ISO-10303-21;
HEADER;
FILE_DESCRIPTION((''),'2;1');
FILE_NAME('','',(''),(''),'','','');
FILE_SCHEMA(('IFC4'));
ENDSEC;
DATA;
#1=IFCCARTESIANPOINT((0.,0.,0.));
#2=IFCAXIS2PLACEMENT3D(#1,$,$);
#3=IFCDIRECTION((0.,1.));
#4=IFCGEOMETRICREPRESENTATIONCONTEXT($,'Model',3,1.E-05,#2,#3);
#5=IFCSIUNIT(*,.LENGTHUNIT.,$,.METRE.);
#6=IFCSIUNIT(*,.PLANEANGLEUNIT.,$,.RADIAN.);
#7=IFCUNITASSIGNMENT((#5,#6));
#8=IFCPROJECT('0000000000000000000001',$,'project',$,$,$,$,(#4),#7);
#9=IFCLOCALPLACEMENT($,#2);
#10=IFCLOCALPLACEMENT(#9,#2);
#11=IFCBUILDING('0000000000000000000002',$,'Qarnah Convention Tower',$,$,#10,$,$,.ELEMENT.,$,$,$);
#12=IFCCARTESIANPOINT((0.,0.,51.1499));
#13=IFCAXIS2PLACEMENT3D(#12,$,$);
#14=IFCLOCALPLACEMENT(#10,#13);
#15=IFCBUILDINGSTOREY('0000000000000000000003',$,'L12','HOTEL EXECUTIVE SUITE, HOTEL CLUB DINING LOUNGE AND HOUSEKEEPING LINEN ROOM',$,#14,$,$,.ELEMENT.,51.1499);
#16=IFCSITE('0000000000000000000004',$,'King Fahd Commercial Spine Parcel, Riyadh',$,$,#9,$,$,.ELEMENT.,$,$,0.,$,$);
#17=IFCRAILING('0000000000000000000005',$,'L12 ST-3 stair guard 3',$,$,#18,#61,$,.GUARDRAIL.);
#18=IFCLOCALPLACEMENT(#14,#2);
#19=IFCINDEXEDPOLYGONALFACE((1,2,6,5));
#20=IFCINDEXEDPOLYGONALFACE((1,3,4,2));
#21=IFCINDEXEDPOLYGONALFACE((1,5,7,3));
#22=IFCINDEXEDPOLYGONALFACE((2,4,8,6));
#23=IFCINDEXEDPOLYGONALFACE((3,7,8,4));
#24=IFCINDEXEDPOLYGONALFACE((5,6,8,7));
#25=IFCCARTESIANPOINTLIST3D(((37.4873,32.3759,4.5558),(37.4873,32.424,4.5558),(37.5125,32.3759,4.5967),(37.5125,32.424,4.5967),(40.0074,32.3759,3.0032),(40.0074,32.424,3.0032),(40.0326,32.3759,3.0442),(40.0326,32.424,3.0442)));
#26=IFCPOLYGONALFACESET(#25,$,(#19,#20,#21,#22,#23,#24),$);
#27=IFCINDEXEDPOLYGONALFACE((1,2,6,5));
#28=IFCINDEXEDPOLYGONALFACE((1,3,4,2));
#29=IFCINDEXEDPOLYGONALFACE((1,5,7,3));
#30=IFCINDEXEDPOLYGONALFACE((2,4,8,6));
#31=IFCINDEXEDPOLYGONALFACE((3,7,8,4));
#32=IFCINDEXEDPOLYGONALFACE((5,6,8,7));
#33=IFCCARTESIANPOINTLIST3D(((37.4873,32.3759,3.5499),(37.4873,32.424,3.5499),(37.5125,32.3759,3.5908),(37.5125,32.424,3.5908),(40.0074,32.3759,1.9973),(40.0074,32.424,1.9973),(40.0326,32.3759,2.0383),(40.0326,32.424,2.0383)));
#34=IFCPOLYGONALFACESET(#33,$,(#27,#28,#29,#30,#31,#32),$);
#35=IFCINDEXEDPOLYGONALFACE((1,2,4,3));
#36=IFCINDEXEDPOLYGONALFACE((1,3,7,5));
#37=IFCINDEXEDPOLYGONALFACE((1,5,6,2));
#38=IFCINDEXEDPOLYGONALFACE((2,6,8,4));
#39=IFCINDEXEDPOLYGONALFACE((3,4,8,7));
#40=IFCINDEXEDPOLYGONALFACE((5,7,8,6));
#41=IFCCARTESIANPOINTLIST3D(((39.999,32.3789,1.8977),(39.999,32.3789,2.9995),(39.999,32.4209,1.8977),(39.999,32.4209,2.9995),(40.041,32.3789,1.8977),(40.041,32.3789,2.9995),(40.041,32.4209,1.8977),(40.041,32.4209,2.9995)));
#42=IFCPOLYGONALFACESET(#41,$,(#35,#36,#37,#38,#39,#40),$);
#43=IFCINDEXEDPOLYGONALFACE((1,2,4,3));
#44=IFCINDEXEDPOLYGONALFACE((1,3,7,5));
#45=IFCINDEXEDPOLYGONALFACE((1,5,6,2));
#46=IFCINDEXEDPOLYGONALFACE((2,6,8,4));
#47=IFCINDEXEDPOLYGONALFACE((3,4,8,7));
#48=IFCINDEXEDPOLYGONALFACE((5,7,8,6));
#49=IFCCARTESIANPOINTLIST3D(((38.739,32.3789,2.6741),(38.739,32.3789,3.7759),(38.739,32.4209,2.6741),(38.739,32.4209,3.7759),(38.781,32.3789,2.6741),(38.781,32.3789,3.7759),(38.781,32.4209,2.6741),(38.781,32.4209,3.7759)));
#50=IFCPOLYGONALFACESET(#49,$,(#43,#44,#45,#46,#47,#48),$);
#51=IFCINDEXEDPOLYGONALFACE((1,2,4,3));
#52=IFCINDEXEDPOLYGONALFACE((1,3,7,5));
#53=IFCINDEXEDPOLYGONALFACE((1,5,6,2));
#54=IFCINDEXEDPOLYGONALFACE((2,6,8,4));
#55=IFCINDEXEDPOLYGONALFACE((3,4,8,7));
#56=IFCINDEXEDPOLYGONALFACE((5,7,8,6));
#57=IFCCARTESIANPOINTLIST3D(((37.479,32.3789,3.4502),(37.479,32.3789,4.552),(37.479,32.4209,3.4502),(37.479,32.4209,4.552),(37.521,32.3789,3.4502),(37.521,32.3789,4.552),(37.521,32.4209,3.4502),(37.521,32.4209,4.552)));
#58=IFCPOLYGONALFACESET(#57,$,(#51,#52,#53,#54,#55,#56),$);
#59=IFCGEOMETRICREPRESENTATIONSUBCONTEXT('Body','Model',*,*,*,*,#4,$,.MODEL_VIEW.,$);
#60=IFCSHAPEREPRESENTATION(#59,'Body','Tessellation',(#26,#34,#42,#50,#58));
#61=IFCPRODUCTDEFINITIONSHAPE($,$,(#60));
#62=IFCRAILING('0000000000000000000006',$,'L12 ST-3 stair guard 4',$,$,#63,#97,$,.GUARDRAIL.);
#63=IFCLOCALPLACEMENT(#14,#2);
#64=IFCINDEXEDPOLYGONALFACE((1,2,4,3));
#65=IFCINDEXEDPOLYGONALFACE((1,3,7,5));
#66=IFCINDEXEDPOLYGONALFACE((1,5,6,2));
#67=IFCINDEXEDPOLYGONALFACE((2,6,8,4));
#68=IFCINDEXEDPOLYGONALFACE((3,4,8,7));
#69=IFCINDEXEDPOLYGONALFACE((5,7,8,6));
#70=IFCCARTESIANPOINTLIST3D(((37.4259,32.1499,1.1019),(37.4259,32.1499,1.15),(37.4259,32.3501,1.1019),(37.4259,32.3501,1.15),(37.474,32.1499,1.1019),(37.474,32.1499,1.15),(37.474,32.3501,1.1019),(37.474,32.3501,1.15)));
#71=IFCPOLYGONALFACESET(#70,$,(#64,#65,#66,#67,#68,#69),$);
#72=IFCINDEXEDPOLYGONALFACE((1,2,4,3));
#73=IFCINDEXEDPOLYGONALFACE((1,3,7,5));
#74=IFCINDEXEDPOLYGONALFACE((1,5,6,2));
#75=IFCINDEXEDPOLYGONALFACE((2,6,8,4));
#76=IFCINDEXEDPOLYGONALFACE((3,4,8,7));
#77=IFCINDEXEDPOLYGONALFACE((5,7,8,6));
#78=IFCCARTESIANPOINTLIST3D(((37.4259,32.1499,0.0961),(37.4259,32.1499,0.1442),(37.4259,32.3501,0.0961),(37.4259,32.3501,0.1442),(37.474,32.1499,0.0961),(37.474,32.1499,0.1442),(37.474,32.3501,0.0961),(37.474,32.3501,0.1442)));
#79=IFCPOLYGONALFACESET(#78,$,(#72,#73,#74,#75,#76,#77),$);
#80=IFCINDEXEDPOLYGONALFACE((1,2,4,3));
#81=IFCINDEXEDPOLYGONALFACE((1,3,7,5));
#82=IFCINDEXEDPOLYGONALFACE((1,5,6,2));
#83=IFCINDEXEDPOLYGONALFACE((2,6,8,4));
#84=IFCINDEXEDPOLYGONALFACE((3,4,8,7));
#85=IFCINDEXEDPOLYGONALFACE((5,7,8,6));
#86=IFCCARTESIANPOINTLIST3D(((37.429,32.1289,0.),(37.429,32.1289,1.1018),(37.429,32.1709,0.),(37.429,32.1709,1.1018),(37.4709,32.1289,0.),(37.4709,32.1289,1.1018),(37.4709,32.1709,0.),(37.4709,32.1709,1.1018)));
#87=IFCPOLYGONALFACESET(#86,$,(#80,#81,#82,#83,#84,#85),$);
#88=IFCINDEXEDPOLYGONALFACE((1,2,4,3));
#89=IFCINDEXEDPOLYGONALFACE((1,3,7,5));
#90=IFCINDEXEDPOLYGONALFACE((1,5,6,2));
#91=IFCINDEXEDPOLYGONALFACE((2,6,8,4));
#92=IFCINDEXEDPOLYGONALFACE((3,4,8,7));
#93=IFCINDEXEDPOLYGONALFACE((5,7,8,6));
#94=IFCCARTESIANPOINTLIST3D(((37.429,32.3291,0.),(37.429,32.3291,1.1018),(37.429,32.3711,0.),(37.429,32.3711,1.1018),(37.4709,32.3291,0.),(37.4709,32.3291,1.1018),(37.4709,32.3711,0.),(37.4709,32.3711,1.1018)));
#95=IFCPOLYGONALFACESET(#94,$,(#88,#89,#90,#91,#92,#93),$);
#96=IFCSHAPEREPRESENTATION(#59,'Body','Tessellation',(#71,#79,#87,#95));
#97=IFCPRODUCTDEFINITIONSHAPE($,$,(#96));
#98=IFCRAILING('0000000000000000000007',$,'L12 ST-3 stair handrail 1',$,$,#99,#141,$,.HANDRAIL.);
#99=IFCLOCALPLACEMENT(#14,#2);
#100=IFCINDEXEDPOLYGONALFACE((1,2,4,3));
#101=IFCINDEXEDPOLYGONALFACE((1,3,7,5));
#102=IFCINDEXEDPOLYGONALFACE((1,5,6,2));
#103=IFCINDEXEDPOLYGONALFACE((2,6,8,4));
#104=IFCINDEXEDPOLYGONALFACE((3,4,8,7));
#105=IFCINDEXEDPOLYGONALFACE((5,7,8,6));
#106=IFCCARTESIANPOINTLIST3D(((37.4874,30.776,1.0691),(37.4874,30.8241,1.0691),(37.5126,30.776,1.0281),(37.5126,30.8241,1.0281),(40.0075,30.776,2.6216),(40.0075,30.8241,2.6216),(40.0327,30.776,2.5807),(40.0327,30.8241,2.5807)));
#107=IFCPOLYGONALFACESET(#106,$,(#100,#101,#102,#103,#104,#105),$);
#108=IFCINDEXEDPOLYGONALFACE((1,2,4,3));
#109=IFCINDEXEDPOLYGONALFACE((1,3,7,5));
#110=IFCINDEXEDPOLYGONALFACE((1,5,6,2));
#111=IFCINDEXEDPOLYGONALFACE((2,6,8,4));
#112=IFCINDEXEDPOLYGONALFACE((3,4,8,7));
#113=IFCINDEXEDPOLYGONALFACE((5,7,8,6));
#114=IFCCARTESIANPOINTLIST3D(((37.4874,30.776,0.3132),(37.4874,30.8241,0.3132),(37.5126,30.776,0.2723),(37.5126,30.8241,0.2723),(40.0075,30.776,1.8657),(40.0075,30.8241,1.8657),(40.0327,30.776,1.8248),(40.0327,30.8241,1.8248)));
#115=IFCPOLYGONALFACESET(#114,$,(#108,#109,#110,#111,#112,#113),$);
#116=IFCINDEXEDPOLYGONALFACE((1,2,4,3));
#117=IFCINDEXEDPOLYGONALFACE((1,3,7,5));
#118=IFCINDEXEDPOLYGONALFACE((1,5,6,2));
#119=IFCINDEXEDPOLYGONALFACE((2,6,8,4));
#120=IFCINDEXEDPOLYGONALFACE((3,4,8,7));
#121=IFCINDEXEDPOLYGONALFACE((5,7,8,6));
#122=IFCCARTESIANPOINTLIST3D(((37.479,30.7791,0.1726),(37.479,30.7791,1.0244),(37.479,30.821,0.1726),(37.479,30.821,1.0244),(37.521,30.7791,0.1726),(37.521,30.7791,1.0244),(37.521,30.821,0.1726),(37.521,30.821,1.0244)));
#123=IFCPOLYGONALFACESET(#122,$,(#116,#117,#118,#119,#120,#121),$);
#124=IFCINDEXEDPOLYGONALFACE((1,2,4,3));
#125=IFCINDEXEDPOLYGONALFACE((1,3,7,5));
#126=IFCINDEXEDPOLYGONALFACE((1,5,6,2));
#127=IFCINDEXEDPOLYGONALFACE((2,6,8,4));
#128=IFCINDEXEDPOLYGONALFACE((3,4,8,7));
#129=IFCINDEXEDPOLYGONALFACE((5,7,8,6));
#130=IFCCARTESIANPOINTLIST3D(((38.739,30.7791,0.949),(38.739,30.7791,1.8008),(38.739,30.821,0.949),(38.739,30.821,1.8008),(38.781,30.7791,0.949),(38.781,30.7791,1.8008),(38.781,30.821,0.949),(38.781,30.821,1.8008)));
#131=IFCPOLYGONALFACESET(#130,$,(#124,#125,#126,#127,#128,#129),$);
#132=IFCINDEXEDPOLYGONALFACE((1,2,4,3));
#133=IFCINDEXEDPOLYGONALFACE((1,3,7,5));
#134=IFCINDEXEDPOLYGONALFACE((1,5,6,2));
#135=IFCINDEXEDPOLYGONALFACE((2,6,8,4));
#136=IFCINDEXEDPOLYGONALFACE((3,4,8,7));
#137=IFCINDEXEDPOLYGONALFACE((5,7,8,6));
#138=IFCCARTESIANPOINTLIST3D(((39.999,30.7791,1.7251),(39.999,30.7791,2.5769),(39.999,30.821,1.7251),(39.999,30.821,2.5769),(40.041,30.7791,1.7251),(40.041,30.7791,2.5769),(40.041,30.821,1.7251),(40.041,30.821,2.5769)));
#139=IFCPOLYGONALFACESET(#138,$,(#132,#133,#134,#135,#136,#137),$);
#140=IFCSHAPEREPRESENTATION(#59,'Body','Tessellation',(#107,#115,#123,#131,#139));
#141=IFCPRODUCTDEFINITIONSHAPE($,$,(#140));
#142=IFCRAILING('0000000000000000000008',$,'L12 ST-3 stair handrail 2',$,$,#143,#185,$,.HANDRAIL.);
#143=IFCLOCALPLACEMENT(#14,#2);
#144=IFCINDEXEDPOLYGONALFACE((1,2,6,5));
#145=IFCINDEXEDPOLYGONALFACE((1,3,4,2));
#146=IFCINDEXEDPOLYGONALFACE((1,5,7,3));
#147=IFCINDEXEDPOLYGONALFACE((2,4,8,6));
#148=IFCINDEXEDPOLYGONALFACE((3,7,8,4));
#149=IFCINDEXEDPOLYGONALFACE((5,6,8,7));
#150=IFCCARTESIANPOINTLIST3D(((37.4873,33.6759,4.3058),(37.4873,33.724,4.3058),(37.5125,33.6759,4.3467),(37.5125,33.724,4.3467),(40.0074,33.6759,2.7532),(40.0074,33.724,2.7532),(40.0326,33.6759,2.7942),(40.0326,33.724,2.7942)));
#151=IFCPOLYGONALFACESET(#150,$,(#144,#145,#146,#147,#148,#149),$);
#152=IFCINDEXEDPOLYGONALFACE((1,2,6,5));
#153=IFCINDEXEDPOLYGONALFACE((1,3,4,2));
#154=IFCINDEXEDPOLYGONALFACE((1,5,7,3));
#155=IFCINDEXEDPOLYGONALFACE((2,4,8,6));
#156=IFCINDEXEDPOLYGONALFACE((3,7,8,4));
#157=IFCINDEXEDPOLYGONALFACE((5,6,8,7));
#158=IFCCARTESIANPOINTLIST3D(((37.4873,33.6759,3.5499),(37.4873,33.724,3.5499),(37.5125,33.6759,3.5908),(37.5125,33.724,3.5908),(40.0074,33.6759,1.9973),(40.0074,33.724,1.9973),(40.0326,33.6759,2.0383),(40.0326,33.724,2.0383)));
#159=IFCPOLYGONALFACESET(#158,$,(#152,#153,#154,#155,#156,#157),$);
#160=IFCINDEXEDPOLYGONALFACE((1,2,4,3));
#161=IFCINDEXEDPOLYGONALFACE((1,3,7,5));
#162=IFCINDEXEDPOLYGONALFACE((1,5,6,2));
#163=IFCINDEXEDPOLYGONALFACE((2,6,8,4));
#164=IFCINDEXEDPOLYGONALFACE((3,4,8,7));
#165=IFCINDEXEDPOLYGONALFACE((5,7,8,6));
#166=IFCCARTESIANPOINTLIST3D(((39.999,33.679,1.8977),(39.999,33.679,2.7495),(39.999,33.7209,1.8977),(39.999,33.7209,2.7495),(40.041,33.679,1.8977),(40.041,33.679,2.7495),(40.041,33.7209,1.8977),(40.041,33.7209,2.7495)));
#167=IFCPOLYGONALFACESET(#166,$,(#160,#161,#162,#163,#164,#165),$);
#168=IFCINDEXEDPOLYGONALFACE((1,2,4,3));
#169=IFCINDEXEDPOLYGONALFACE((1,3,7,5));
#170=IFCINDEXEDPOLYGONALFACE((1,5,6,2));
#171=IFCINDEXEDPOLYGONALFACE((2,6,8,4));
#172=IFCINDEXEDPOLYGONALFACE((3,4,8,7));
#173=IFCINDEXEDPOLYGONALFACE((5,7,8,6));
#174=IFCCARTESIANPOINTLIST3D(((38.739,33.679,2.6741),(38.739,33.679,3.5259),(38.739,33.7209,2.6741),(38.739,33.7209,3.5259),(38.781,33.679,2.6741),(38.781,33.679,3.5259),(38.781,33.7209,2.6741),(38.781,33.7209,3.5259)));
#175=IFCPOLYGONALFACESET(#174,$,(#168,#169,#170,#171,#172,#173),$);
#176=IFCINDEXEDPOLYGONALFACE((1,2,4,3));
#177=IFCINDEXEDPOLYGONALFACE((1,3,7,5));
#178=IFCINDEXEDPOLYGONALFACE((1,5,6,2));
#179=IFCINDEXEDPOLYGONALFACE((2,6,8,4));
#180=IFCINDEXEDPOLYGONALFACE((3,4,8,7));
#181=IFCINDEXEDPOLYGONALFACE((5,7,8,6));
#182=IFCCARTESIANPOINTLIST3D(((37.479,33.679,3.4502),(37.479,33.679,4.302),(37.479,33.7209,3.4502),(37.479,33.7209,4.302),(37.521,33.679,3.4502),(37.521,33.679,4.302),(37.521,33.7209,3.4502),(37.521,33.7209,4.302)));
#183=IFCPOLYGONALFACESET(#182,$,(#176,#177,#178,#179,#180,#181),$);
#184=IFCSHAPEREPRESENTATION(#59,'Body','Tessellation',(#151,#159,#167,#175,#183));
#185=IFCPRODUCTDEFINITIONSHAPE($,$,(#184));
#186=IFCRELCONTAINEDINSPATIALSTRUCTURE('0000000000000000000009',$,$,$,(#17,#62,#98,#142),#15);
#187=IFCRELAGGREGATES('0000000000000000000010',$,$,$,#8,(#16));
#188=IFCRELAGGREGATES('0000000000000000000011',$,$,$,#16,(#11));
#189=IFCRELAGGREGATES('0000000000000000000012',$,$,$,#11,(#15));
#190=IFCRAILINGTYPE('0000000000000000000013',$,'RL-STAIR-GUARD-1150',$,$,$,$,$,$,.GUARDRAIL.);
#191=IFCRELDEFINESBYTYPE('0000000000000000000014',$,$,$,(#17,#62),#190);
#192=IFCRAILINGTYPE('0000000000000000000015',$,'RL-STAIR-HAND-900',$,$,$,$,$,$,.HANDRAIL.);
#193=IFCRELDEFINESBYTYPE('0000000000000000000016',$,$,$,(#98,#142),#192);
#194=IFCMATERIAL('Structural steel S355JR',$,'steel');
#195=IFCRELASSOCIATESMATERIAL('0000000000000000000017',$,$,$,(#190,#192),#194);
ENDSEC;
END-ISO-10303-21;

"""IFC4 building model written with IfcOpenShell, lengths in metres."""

from ifc_helpers import new_model, si_unit, direction, frame, origin, origin_2d, place, context, subcontext, project, spatial, rectangle, extrude, material, type_object, element, save


model = new_model("IFC4")

# Units and contexts
model_context = context("Model", 3, precision=1e-05, world=origin(), true_north=direction((0.0, 1.0)))
body_context = subcontext(model_context, "Body", "Model", "MODEL_VIEW")
ifc_project = project(units=[si_unit("LENGTHUNIT", "METRE"), si_unit("PLANEANGLEUNIT", "RADIAN")], contexts=[model_context])

# Site, building, storey
site_placement = place(None, origin())
site = spatial("IfcSite", under=ifc_project, at=site_placement, Name="King Fahd Commercial Spine Parcel, Riyadh", CompositionType="ELEMENT", RefElevation=0.0)
building_placement = place(site_placement, origin())
building = spatial("IfcBuilding", under=site, at=building_placement, Name="Qarnah Convention Tower", CompositionType="ELEMENT")
storey_placement = place(building_placement, frame((0.0, 0.0, 51.1499)))
storey = spatial("IfcBuildingStorey", under=building, at=storey_placement, Name="L12", Description="HOTEL EXECUTIVE SUITE, HOTEL CLUB DINING LOUNGE AND HOUSEKEEPING LINEN ROOM", CompositionType="ELEMENT", Elevation=51.1499)

# Shared definitions
ifc_material_1 = material(Name="Structural steel S355JR", Category="steel")

# Railings
railing_type_1 = type_object("IfcRailingType", Name="RL-STAIR-GUARD-1150", PredefinedType="GUARDRAIL", material=ifc_material_1)
railing_1_placement = place(storey_placement, frame((40.02, 32.3999, 1.8977)))
element("IfcRailing", 1, at=railing_1_placement, inside=storey, type_object=railing_type_1, Name="L12 ST-3 stair guard 3", PredefinedType="GUARDRAIL", context=body_context, shape_type="SweptSolid", body=[
    extrude(rectangle(XDim=0.0481, YDim=0.0481, at=origin_2d()), frame((0.0, 0.0, 1.126), z_axis=(-0.8514, 0.0, 0.524516), x_axis=(0.0, -1.0, 0.0)), (0.0, 0.0, 1.0), 2.96),
    extrude(rectangle(XDim=0.0481, YDim=0.0481, at=origin_2d()), frame((0.0, 0.0, 0.1201), z_axis=(-0.8514, 0.0, 0.524516), x_axis=(0.0, -1.0, 0.0)), (0.0, 0.0, 1.0), 2.96),
    extrude(rectangle(XDim=0.042, YDim=0.042, at=origin_2d()), origin(), (0.0, 0.0, 1.0), 1.1018),
    extrude(rectangle(XDim=0.042, YDim=0.042, at=origin_2d()), frame((-1.26, 0.0, 0.7764)), (0.0, 0.0, 1.0), 1.1018),
    extrude(rectangle(XDim=0.042, YDim=0.042, at=origin_2d()), frame((-2.52, 0.0, 1.5525)), (0.0, 0.0, 1.0), 1.1018),
])
railing_2_placement = place(storey_placement, frame((37.45, 32.1499, 0.0)))
element("IfcRailing", 2, at=railing_2_placement, inside=storey, type_object=railing_type_1, Name="L12 ST-3 stair guard 4", PredefinedType="GUARDRAIL", context=body_context, shape_type="SweptSolid", body=[
    extrude(rectangle(XDim=0.0481, YDim=0.0481, at=origin_2d()), frame((0.0, 0.0, 1.126), z_axis=(0.0, 1.0, 0.0), x_axis=(-1.0, 0.0, 0.0)), (0.0, 0.0, 1.0), 0.2002),
    extrude(rectangle(XDim=0.0481, YDim=0.0481, at=origin_2d()), frame((0.0, 0.0, 0.1201), z_axis=(0.0, 1.0, 0.0), x_axis=(-1.0, 0.0, 0.0)), (0.0, 0.0, 1.0), 0.2002),
    extrude(rectangle(XDim=0.042, YDim=0.042, at=origin_2d()), origin(), (0.0, 0.0, 1.0), 1.1018),
    extrude(rectangle(XDim=0.042, YDim=0.042, at=origin_2d()), frame((0.0, 0.2002, 0.0)), (0.0, 0.0, 1.0), 1.1018),
])
railing_type_2 = type_object("IfcRailingType", Name="RL-STAIR-HAND-900", PredefinedType="HANDRAIL", material=ifc_material_1)
railing_3_placement = place(storey_placement, frame((37.5, 30.8, 0.1726)))
element("IfcRailing", 3, at=railing_3_placement, inside=storey, type_object=railing_type_2, Name="L12 ST-3 stair handrail 1", PredefinedType="HANDRAIL", context=body_context, shape_type="SweptSolid", body=[
    extrude(rectangle(XDim=0.0481, YDim=0.0481, at=origin_2d()), frame((0.0, 0.0, 0.876), z_axis=(0.8514, 0.0, 0.524516), x_axis=(0.0, 1.0, 0.0)), (0.0, 0.0, 1.0), 2.96),
    extrude(rectangle(XDim=0.0481, YDim=0.0481, at=origin_2d()), frame((0.0, 0.0, 0.1201), z_axis=(0.8514, 0.0, 0.524516), x_axis=(0.0, 1.0, 0.0)), (0.0, 0.0, 1.0), 2.96),
    extrude(rectangle(XDim=0.042, YDim=0.042, at=origin_2d()), origin(), (0.0, 0.0, 1.0), 0.8518),
    extrude(rectangle(XDim=0.042, YDim=0.042, at=origin_2d()), frame((1.26, 0.0, 0.7764)), (0.0, 0.0, 1.0), 0.8518),
    extrude(rectangle(XDim=0.042, YDim=0.042, at=origin_2d()), frame((2.52, 0.0, 1.5525)), (0.0, 0.0, 1.0), 0.8518),
])
railing_4_placement = place(storey_placement, frame((40.02, 33.7, 1.8977)))
element("IfcRailing", 4, at=railing_4_placement, inside=storey, type_object=railing_type_2, Name="L12 ST-3 stair handrail 2", PredefinedType="HANDRAIL", context=body_context, shape_type="SweptSolid", body=[
    extrude(rectangle(XDim=0.0481, YDim=0.0481, at=origin_2d()), frame((0.0, 0.0, 0.876), z_axis=(-0.8514, 0.0, 0.524516), x_axis=(0.0, -1.0, 0.0)), (0.0, 0.0, 1.0), 2.96),
    extrude(rectangle(XDim=0.0481, YDim=0.0481, at=origin_2d()), frame((0.0, 0.0, 0.1201), z_axis=(-0.8514, 0.0, 0.524516), x_axis=(0.0, -1.0, 0.0)), (0.0, 0.0, 1.0), 2.96),
    extrude(rectangle(XDim=0.042, YDim=0.042, at=origin_2d()), origin(), (0.0, 0.0, 1.0), 0.8518),
    extrude(rectangle(XDim=0.042, YDim=0.042, at=origin_2d()), frame((-1.26, 0.0, 0.7764)), (0.0, 0.0, 1.0), 0.8518),
    extrude(rectangle(XDim=0.042, YDim=0.042, at=origin_2d()), frame((-2.52, 0.0, 1.5525)), (0.0, 0.0, 1.0), 0.8518),
])

save(model, "model.ifc")
